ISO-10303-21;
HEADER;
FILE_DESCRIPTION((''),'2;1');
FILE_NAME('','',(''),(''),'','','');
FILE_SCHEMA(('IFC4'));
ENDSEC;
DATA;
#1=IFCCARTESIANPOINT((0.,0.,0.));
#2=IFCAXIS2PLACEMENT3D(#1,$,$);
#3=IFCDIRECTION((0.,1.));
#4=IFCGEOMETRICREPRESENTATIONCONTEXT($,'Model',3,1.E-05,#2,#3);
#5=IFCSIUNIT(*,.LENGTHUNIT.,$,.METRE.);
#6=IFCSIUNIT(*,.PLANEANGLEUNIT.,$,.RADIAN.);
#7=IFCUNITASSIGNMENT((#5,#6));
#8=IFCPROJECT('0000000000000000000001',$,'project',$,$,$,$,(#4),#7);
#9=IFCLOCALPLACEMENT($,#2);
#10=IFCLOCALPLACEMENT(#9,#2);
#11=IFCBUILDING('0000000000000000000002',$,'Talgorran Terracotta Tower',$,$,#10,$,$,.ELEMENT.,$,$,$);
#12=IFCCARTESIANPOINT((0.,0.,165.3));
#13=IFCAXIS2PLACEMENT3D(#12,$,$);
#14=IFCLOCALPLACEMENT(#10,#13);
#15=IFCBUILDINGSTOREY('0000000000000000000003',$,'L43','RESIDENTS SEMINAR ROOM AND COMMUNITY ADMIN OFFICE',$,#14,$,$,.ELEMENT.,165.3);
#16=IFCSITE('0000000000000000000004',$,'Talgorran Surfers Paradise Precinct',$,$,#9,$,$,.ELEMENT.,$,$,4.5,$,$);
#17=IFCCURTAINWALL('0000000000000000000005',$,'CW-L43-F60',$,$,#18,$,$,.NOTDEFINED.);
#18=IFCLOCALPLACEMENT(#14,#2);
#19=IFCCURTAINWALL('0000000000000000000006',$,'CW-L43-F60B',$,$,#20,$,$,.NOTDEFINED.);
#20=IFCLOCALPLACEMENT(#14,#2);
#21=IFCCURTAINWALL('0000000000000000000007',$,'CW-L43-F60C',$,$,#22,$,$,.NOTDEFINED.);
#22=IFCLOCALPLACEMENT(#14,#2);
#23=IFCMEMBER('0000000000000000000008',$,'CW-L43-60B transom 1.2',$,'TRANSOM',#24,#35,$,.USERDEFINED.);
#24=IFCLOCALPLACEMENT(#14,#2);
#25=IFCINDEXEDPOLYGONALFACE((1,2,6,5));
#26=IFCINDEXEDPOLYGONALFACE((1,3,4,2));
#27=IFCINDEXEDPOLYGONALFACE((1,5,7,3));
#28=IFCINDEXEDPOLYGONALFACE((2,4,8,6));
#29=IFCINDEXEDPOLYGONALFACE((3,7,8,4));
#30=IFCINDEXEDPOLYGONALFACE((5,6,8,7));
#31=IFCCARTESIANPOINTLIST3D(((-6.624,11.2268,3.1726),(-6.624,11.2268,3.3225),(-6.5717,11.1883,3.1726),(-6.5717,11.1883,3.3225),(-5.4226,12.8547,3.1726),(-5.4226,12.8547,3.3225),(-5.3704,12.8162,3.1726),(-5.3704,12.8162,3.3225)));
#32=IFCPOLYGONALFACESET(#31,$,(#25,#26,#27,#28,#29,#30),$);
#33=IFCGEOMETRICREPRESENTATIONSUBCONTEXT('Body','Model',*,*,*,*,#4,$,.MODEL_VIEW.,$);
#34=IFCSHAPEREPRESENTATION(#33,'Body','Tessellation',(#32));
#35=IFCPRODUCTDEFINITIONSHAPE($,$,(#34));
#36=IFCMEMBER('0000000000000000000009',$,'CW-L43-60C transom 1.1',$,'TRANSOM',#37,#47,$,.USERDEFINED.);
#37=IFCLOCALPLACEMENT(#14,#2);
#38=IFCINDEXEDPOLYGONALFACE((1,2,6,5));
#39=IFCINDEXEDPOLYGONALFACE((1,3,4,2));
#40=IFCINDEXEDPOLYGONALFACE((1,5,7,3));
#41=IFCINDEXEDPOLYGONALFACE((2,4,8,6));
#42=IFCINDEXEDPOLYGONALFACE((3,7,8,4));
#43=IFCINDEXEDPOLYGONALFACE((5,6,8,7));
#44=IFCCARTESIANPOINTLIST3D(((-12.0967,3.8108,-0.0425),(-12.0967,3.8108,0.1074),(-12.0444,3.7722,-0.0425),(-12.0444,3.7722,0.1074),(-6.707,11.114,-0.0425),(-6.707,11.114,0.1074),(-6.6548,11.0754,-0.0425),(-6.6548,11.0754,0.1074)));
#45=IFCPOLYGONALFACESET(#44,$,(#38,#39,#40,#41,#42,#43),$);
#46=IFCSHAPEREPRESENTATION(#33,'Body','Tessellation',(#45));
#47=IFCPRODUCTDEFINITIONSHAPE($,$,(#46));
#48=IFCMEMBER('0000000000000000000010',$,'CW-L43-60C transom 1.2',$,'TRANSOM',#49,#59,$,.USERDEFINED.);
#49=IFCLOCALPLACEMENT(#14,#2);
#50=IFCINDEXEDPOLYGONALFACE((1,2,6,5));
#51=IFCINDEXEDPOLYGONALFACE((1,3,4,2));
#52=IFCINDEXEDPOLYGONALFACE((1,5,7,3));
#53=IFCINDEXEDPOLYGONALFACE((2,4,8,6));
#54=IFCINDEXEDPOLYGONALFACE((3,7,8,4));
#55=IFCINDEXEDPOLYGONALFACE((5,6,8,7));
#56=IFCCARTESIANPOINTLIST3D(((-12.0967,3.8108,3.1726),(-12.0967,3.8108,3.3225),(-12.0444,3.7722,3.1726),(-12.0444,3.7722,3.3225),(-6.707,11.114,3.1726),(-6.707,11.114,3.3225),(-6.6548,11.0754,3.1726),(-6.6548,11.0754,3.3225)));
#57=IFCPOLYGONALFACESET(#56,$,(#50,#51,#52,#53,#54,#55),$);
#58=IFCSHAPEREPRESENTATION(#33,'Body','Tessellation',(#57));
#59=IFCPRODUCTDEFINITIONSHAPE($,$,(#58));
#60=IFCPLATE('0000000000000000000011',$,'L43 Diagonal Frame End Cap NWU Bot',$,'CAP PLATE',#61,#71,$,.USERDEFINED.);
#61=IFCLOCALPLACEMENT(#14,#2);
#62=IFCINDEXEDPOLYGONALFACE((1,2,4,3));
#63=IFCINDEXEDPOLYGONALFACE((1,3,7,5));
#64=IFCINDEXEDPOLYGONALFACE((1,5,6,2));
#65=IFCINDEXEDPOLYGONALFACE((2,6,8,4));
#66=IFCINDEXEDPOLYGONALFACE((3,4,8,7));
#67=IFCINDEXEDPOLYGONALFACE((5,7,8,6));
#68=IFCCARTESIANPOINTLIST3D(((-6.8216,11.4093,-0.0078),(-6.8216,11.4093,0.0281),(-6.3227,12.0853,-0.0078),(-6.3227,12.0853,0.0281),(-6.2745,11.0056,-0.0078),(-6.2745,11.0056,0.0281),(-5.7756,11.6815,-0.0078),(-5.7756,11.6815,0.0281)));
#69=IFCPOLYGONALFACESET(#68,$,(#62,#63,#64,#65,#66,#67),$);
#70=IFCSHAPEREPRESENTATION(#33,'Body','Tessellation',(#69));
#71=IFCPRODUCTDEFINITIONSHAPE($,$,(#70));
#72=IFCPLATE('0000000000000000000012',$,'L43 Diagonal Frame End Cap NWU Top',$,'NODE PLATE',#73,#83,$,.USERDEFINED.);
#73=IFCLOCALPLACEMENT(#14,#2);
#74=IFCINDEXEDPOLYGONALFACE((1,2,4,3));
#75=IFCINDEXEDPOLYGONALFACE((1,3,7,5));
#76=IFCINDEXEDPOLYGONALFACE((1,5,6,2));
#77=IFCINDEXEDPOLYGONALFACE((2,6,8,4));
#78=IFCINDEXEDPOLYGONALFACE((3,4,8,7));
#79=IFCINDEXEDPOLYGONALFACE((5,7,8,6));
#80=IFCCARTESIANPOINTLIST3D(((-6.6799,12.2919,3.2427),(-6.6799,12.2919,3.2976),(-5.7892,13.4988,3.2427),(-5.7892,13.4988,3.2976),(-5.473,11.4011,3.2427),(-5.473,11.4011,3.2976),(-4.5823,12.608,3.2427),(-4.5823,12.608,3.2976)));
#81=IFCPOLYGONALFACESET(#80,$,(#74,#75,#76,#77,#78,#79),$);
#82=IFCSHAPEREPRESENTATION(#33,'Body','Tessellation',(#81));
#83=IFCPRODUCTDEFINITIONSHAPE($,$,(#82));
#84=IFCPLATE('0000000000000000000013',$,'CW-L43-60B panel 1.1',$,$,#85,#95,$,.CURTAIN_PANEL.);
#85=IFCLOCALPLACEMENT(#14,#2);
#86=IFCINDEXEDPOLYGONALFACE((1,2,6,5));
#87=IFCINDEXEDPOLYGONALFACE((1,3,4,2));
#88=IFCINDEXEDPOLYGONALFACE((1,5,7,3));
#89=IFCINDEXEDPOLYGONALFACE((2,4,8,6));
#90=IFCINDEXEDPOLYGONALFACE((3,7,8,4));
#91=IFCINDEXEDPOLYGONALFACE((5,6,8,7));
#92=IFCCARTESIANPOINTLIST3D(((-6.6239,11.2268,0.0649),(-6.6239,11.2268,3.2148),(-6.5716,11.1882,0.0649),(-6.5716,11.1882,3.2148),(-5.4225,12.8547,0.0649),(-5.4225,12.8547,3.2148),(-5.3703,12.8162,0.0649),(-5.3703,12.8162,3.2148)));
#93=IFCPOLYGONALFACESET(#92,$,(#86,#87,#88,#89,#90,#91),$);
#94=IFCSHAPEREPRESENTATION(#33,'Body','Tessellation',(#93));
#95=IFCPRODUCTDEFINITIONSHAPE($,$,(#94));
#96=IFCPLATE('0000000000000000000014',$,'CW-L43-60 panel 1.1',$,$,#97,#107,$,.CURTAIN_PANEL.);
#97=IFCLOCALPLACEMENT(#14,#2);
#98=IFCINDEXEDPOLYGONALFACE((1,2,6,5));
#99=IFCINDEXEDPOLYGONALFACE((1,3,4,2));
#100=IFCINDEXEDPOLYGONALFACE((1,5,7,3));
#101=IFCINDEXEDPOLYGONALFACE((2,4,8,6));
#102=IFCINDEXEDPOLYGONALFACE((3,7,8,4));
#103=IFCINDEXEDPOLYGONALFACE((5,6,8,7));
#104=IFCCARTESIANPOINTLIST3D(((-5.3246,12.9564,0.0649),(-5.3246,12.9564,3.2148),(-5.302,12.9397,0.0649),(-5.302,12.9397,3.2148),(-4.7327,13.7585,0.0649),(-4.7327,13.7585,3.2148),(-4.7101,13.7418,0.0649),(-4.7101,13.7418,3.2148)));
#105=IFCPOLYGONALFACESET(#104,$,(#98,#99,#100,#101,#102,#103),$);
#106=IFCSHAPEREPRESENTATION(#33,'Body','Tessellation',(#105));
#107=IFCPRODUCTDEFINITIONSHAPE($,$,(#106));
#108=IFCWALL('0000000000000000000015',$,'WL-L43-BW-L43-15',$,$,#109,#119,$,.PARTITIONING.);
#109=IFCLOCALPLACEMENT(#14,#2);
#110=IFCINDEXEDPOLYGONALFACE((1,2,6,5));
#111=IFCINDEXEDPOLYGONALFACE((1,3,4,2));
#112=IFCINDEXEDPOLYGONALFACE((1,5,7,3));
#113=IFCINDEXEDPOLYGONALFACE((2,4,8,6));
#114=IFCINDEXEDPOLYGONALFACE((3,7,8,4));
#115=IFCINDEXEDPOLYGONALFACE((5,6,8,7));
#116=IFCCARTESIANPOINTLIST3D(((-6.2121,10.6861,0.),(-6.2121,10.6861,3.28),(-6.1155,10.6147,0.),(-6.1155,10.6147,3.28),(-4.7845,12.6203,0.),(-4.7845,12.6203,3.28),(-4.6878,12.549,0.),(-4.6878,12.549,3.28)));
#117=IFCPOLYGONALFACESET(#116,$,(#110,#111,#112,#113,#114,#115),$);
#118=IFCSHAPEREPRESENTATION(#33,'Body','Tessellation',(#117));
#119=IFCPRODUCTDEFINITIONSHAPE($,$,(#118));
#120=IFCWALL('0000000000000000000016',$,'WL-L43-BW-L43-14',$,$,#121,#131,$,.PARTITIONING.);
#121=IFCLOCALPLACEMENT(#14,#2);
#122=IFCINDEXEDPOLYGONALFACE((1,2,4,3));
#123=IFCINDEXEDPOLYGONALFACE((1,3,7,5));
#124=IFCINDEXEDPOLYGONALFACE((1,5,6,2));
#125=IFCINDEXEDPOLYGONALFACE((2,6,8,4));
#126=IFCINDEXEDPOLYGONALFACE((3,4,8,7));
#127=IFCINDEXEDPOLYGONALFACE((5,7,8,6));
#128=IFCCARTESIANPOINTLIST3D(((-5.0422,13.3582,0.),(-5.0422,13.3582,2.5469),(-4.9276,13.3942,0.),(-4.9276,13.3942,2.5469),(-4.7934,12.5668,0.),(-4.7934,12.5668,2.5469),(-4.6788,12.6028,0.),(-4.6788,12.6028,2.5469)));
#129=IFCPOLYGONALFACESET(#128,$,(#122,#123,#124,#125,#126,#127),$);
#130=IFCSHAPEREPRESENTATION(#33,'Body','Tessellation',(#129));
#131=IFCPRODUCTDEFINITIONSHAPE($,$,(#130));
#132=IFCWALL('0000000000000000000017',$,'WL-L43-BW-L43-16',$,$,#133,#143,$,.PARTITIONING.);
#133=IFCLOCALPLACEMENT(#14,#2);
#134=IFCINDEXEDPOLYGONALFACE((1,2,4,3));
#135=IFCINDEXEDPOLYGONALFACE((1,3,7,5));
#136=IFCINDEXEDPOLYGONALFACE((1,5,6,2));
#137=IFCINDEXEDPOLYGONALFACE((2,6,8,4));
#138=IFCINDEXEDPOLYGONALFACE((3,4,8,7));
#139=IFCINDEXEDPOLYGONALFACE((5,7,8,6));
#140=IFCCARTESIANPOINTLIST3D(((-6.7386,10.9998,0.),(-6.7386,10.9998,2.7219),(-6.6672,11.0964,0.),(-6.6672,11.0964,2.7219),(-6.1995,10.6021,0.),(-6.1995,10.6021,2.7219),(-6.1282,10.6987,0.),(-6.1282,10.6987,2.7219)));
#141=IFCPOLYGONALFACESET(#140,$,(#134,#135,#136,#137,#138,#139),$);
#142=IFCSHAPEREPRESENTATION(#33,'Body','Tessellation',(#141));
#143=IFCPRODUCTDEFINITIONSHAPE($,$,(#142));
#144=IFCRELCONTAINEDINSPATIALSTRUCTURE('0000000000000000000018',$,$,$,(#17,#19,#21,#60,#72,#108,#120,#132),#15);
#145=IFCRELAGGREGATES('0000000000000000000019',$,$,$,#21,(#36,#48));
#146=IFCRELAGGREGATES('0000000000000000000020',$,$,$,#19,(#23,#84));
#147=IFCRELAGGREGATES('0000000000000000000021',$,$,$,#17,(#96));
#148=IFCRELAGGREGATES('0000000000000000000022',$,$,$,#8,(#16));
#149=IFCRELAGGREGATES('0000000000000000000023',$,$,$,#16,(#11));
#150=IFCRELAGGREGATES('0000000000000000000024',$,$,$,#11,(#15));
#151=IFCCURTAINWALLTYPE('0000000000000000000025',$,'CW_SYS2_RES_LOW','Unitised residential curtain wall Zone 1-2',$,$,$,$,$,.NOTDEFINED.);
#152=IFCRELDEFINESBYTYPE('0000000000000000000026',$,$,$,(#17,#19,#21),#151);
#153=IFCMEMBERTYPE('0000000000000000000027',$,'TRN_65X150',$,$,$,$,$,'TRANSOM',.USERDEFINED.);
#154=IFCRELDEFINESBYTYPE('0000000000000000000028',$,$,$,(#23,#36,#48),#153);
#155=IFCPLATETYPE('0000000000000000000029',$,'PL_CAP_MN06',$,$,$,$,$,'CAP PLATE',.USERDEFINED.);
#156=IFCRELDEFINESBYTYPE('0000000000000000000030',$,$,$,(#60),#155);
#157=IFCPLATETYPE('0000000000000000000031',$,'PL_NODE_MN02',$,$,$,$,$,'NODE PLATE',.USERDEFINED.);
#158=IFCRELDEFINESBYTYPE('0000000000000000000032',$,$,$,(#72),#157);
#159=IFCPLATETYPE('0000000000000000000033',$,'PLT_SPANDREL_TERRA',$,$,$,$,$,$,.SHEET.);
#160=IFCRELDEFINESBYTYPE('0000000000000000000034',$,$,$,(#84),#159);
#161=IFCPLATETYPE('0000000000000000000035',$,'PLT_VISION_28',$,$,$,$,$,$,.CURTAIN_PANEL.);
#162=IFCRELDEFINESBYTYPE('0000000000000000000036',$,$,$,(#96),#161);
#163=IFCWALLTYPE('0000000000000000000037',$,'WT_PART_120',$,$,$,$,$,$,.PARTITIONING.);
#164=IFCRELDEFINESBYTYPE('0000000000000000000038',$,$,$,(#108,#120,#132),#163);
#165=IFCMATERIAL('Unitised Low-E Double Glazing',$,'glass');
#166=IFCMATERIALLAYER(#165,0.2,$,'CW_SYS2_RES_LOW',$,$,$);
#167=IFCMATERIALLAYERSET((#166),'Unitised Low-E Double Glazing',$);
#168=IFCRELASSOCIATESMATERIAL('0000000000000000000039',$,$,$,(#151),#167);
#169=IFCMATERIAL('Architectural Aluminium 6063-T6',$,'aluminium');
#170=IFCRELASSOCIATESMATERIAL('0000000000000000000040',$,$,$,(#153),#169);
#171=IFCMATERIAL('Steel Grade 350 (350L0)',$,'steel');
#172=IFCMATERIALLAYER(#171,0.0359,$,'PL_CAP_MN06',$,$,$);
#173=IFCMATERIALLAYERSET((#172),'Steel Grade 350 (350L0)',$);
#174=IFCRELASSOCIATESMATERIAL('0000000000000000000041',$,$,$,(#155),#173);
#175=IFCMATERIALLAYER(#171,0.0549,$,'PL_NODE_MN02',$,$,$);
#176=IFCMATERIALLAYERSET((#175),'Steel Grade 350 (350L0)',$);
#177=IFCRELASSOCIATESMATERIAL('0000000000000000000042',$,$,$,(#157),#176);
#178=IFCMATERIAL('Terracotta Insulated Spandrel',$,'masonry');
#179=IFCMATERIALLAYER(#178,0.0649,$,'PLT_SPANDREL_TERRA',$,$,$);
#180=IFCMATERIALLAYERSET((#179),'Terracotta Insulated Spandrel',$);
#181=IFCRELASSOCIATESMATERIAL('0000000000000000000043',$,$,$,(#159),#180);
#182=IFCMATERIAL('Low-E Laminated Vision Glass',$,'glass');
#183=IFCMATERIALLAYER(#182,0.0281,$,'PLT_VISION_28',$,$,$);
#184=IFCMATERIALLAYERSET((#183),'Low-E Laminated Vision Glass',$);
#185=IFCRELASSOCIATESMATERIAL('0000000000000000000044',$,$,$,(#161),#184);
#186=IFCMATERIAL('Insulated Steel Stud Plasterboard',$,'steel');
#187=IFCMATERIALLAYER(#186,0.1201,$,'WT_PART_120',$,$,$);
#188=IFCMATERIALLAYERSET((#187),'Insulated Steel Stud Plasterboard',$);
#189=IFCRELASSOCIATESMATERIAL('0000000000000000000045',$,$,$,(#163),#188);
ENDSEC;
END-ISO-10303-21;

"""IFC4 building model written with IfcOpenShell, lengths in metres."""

from ifc_helpers import new_model, si_unit, direction, frame, frame_2d, origin, origin_2d, place, context, subcontext, project, spatial, rectangle, extrude, source, transform, mapped, material, layer, layer_set, material_profile, profile_set, type_object, type_shapes, element, aggregate, save


model = new_model("IFC4")

# Units and contexts
model_context = context("Model", 3, precision=1e-05, world=origin(), true_north=direction((0.0, 1.0)))
body_context = subcontext(model_context, "Body", "Model", "MODEL_VIEW")
ifc_project = project(units=[si_unit("LENGTHUNIT", "METRE"), si_unit("PLANEANGLEUNIT", "RADIAN")], contexts=[model_context])

# Site, building, storey
site_placement = place(None, origin())
site = spatial("IfcSite", under=ifc_project, at=site_placement, Name="Talgorran Surfers Paradise Precinct", CompositionType="ELEMENT", RefElevation=4.5)
building_placement = place(site_placement, origin())
building = spatial("IfcBuilding", under=site, at=building_placement, Name="Talgorran Terracotta Tower", CompositionType="ELEMENT")
storey_placement = place(building_placement, frame((0.0, 0.0, 165.3)))
storey = spatial("IfcBuildingStorey", under=building, at=storey_placement, Name="L43", Description="RESIDENTS SEMINAR ROOM AND COMMUNITY ADMIN OFFICE", CompositionType="ELEMENT", Elevation=165.3)

# Shared definitions
ifc_material_1 = material(Name="Steel Grade 350 (350L0)", Category="steel")

# Shared definitions
ifc_material_2 = material(Name="Unitised Low-E Double Glazing", Category="glass")
ifc_layer_1 = layer(ifc_material_2, 0.2, Name="CW_SYS2_RES_LOW")
ifc_layer_set_1 = layer_set([ifc_layer_1], Name="Unitised Low-E Double Glazing")
curtain_wall_type = type_object("IfcCurtainWallType", Name="CW_SYS2_RES_LOW", Description="Unitised residential curtain wall Zone 1-2", PredefinedType="NOTDEFINED", material=ifc_layer_set_1)
ifc_material_3 = material(Name="Architectural Aluminium 6063-T6", Category="aluminium")

# Curtain walls
curtain_wall_1_placement = place(storey_placement, origin())
curtain_wall_1 = element("IfcCurtainWall", 1, at=curtain_wall_1_placement, inside=storey, type_object=curtain_wall_type, Name="CW-L43-F60", PredefinedType="NOTDEFINED")
curtain_wall_2_placement = place(storey_placement, origin())
curtain_wall_2 = element("IfcCurtainWall", 2, at=curtain_wall_2_placement, inside=storey, type_object=curtain_wall_type, Name="CW-L43-F60B", PredefinedType="NOTDEFINED")

# Curtain wall
curtain_wall_3_placement = place(storey_placement, origin())
curtain_wall_3 = element("IfcCurtainWall", 3, at=curtain_wall_3_placement, inside=storey, type_object=curtain_wall_type, Name="CW-L43-F60C", PredefinedType="NOTDEFINED")

# Members
ifc_material_profile_1 = material_profile(ifc_material_3, rectangle(XDim=0.0649, YDim=0.1499, at=origin_2d()), Name="CWT65X150")
ifc_profile_set_1 = profile_set([ifc_material_profile_1], Name="Architectural Aluminium 6063-T6")
member_type_1 = type_object("IfcMemberType", Name="TRN_65X150", ElementType="TRANSOM", PredefinedType="USERDEFINED", material=ifc_profile_set_1)
member_1_placement = place(storey_placement, frame((-5.3965, 12.8354, 3.2476), z_axis=(-0.593804, -0.80461, 0.0), x_axis=(0.80461, -0.593804, 0.0)))
member_1 = element("IfcMember", 4, at=member_1_placement, type_object=member_type_1, Name="CW-L43-60B transom 1.2", ObjectType="TRANSOM", PredefinedType="USERDEFINED", context=body_context, shape_type="SweptSolid", body=[
    extrude(rectangle(XDim=0.0649, YDim=0.1499, at=origin_2d()), origin(), (0.0, 0.0, 1.0), 2.0232),
])
member_2_placement = place(storey_placement, frame((-6.6809, 11.0947, 0.0325), z_axis=(-0.593793, -0.804618, 0.0), x_axis=(0.804618, -0.593793, 0.0)))
member_2 = element("IfcMember", 5, at=member_2_placement, type_object=member_type_1, Name="CW-L43-60C transom 1.1", ObjectType="TRANSOM", PredefinedType="USERDEFINED", context=body_context, shape_type="SweptSolid", body=[
    extrude(rectangle(XDim=0.0649, YDim=0.1499, at=origin_2d()), origin(), (0.0, 0.0, 1.0), 9.0767),
])
member_3_placement = place(storey_placement, frame((-6.6809, 11.0947, 3.2476), z_axis=(-0.593793, -0.804618, 0.0), x_axis=(0.804618, -0.593793, 0.0)))
member_3 = element("IfcMember", 6, at=member_3_placement, type_object=member_type_1, Name="CW-L43-60C transom 1.2", ObjectType="TRANSOM", PredefinedType="USERDEFINED", context=body_context, shape_type="SweptSolid", body=[
    extrude(rectangle(XDim=0.0649, YDim=0.1499, at=origin_2d()), origin(), (0.0, 0.0, 1.0), 9.0767),
])
aggregate(curtain_wall_3, [member_2, member_3])

# Plates
ifc_layer_2 = layer(ifc_material_1, 0.0359, Name="PL_CAP_MN06")
ifc_layer_set_2 = layer_set([ifc_layer_2], Name="Steel Grade 350 (350L0)")
plate_type_1 = type_object("IfcPlateType", Name="PL_CAP_MN06", ElementType="CAP PLATE", PredefinedType="USERDEFINED", material=ifc_layer_set_2)
plate_1_placement = place(storey_placement, frame((-6.2986, 11.5454, -0.0078), z_axis=(0.0, 0.0, 1.0), x_axis=(0.59384, 0.804583, 0.0)))
element("IfcPlate", 7, at=plate_1_placement, inside=storey, type_object=plate_type_1, Name="L43 Diagonal Frame End Cap NWU Bot", ObjectType="CAP PLATE", PredefinedType="USERDEFINED", context=body_context, shape_type="SweptSolid", body=[
    extrude(rectangle(XDim=0.8401, YDim=0.6799, at=origin_2d()), origin(), (0.0, 0.0, 1.0), 0.0359),
])
ifc_layer_3 = layer(ifc_material_1, 0.0549, Name="PL_NODE_MN02")
ifc_layer_set_3 = layer_set([ifc_layer_3], Name="Steel Grade 350 (350L0)")
plate_type_2 = type_object("IfcPlateType", Name="PL_NODE_MN02", ElementType="NODE PLATE", PredefinedType="USERDEFINED", material=ifc_layer_set_3)
plate_2_placement = place(storey_placement, frame((-5.6311, 12.45, 3.2427), z_axis=(0.0, 0.0, 1.0), x_axis=(0.59384, 0.804583, 0.0)))
element("IfcPlate", 8, at=plate_2_placement, inside=storey, type_object=plate_type_2, Name="L43 Diagonal Frame End Cap NWU Top", ObjectType="NODE PLATE", PredefinedType="USERDEFINED", context=body_context, shape_type="SweptSolid", body=[
    extrude(rectangle(XDim=1.5, YDim=1.5, at=origin_2d()), origin(), (0.0, 0.0, 1.0), 0.0549),
])

# Plates
ifc_material_4 = material(Name="Terracotta Insulated Spandrel", Category="masonry")
ifc_layer_4 = layer(ifc_material_4, 0.0649, Name="PLT_SPANDREL_TERRA")
ifc_layer_set_4 = layer_set([ifc_layer_4], Name="Terracotta Insulated Spandrel")
plate_type_3 = type_object("IfcPlateType", Name="PLT_SPANDREL_TERRA", PredefinedType="SHEET", material=ifc_layer_set_4)
shared_shape_1 = source(origin(), body_context, "Body", "SweptSolid", [
    extrude(rectangle(XDim=2.0232, YDim=0.0649, at=origin_2d()), origin(), (0.0, 0.0, 1.0), 3.1499),
])
type_shapes(plate_type_3, [shared_shape_1])
plate_3_placement = place(storey_placement, frame((-5.9971, 12.0215, 0.0649), z_axis=(0.0, 0.0, 1.0), x_axis=(-0.593785, -0.804624, 0.0)))
plate_3 = element("IfcPlate", 9, at=plate_3_placement, type_object=plate_type_3, Name="CW-L43-60B panel 1.1", PredefinedType="CURTAIN_PANEL", context=body_context, shape_type="MappedRepresentation", body=[
    mapped(shared_shape_1, transform((0.0, 0.0, 0.0), scale=1.0)),
])
aggregate(curtain_wall_2, [member_1, plate_3])
ifc_material_5 = material(Name="Low-E Laminated Vision Glass", Category="glass")
ifc_layer_5 = layer(ifc_material_5, 0.0281, Name="PLT_VISION_28")
ifc_layer_set_5 = layer_set([ifc_layer_5], Name="Low-E Laminated Vision Glass")
plate_type_4 = type_object("IfcPlateType", Name="PLT_VISION_28", PredefinedType="CURTAIN_PANEL", material=ifc_layer_set_5)
shared_shape_2 = source(origin(), body_context, "Body", "SweptSolid", [
    extrude(rectangle(XDim=0.9968, YDim=0.0281, at=origin_2d()), origin(), (0.0, 0.0, 1.0), 3.1499),
])
type_shapes(plate_type_4, [shared_shape_2])
plate_4_placement = place(storey_placement, frame((-5.0173, 13.3491, 0.0649), z_axis=(0.0, 0.0, 1.0), x_axis=(-0.593777, -0.80463, 0.0)))
plate_4 = element("IfcPlate", 10, at=plate_4_placement, type_object=plate_type_4, Name="CW-L43-60 panel 1.1", PredefinedType="CURTAIN_PANEL", context=body_context, shape_type="MappedRepresentation", body=[
    mapped(shared_shape_2, transform((0.0, 0.0, 0.0), scale=1.0)),
])
aggregate(curtain_wall_1, [plate_4])

# Walls
ifc_material_6 = material(Name="Insulated Steel Stud Plasterboard", Category="steel")
ifc_layer_6 = layer(ifc_material_6, 0.1201, Name="WT_PART_120")
ifc_layer_set_6 = layer_set([ifc_layer_6], Name="Insulated Steel Stud Plasterboard")
wall_type = type_object("IfcWallType", Name="WT_PART_120", PredefinedType="PARTITIONING", material=ifc_layer_set_6)
wall_1_placement = place(storey_placement, frame((-4.7361, 12.5847, 0.0), z_axis=(0.0, 0.0, 1.0), x_axis=(-0.593857, -0.804571, 0.0)))
element("IfcWall", 11, at=wall_1_placement, inside=storey, type_object=wall_type, Name="WL-L43-BW-L43-15", PredefinedType="PARTITIONING", context=body_context, shape_type="SweptSolid", body=[
    extrude(rectangle(XDim=2.4041, YDim=0.1201, at=frame_2d((1.2021, 0.0))), origin(), (0.0, 0.0, 1.0), 3.28),
])
wall_2_placement = place(storey_placement, frame((-4.9849, 13.3762, 0.0), z_axis=(0.0, 0.0, 1.0), x_axis=(0.29985, -0.953987, 0.0)))
element("IfcWall", 12, at=wall_2_placement, inside=storey, type_object=wall_type, Name="WL-L43-BW-L43-14", PredefinedType="PARTITIONING", context=body_context, shape_type="SweptSolid", body=[
    extrude(rectangle(XDim=0.8296, YDim=0.1201, at=frame_2d((0.4148, 0.0))), origin(), (0.0, 0.0, 1.0), 2.5469),
])
wall_3_placement = place(storey_placement, frame((-6.1638, 10.6504, 0.0), z_axis=(0.0, 0.0, 1.0), x_axis=(-0.804698, 0.593684, 0.0)))
element("IfcWall", 13, at=wall_3_placement, inside=storey, type_object=wall_type, Name="WL-L43-BW-L43-16", PredefinedType="PARTITIONING", context=body_context, shape_type="SweptSolid", body=[
    extrude(rectangle(XDim=0.6699, YDim=0.1201, at=frame_2d((0.335, 0.0))), origin(), (0.0, 0.0, 1.0), 2.7219),
])

save(model, "model.ifc")
